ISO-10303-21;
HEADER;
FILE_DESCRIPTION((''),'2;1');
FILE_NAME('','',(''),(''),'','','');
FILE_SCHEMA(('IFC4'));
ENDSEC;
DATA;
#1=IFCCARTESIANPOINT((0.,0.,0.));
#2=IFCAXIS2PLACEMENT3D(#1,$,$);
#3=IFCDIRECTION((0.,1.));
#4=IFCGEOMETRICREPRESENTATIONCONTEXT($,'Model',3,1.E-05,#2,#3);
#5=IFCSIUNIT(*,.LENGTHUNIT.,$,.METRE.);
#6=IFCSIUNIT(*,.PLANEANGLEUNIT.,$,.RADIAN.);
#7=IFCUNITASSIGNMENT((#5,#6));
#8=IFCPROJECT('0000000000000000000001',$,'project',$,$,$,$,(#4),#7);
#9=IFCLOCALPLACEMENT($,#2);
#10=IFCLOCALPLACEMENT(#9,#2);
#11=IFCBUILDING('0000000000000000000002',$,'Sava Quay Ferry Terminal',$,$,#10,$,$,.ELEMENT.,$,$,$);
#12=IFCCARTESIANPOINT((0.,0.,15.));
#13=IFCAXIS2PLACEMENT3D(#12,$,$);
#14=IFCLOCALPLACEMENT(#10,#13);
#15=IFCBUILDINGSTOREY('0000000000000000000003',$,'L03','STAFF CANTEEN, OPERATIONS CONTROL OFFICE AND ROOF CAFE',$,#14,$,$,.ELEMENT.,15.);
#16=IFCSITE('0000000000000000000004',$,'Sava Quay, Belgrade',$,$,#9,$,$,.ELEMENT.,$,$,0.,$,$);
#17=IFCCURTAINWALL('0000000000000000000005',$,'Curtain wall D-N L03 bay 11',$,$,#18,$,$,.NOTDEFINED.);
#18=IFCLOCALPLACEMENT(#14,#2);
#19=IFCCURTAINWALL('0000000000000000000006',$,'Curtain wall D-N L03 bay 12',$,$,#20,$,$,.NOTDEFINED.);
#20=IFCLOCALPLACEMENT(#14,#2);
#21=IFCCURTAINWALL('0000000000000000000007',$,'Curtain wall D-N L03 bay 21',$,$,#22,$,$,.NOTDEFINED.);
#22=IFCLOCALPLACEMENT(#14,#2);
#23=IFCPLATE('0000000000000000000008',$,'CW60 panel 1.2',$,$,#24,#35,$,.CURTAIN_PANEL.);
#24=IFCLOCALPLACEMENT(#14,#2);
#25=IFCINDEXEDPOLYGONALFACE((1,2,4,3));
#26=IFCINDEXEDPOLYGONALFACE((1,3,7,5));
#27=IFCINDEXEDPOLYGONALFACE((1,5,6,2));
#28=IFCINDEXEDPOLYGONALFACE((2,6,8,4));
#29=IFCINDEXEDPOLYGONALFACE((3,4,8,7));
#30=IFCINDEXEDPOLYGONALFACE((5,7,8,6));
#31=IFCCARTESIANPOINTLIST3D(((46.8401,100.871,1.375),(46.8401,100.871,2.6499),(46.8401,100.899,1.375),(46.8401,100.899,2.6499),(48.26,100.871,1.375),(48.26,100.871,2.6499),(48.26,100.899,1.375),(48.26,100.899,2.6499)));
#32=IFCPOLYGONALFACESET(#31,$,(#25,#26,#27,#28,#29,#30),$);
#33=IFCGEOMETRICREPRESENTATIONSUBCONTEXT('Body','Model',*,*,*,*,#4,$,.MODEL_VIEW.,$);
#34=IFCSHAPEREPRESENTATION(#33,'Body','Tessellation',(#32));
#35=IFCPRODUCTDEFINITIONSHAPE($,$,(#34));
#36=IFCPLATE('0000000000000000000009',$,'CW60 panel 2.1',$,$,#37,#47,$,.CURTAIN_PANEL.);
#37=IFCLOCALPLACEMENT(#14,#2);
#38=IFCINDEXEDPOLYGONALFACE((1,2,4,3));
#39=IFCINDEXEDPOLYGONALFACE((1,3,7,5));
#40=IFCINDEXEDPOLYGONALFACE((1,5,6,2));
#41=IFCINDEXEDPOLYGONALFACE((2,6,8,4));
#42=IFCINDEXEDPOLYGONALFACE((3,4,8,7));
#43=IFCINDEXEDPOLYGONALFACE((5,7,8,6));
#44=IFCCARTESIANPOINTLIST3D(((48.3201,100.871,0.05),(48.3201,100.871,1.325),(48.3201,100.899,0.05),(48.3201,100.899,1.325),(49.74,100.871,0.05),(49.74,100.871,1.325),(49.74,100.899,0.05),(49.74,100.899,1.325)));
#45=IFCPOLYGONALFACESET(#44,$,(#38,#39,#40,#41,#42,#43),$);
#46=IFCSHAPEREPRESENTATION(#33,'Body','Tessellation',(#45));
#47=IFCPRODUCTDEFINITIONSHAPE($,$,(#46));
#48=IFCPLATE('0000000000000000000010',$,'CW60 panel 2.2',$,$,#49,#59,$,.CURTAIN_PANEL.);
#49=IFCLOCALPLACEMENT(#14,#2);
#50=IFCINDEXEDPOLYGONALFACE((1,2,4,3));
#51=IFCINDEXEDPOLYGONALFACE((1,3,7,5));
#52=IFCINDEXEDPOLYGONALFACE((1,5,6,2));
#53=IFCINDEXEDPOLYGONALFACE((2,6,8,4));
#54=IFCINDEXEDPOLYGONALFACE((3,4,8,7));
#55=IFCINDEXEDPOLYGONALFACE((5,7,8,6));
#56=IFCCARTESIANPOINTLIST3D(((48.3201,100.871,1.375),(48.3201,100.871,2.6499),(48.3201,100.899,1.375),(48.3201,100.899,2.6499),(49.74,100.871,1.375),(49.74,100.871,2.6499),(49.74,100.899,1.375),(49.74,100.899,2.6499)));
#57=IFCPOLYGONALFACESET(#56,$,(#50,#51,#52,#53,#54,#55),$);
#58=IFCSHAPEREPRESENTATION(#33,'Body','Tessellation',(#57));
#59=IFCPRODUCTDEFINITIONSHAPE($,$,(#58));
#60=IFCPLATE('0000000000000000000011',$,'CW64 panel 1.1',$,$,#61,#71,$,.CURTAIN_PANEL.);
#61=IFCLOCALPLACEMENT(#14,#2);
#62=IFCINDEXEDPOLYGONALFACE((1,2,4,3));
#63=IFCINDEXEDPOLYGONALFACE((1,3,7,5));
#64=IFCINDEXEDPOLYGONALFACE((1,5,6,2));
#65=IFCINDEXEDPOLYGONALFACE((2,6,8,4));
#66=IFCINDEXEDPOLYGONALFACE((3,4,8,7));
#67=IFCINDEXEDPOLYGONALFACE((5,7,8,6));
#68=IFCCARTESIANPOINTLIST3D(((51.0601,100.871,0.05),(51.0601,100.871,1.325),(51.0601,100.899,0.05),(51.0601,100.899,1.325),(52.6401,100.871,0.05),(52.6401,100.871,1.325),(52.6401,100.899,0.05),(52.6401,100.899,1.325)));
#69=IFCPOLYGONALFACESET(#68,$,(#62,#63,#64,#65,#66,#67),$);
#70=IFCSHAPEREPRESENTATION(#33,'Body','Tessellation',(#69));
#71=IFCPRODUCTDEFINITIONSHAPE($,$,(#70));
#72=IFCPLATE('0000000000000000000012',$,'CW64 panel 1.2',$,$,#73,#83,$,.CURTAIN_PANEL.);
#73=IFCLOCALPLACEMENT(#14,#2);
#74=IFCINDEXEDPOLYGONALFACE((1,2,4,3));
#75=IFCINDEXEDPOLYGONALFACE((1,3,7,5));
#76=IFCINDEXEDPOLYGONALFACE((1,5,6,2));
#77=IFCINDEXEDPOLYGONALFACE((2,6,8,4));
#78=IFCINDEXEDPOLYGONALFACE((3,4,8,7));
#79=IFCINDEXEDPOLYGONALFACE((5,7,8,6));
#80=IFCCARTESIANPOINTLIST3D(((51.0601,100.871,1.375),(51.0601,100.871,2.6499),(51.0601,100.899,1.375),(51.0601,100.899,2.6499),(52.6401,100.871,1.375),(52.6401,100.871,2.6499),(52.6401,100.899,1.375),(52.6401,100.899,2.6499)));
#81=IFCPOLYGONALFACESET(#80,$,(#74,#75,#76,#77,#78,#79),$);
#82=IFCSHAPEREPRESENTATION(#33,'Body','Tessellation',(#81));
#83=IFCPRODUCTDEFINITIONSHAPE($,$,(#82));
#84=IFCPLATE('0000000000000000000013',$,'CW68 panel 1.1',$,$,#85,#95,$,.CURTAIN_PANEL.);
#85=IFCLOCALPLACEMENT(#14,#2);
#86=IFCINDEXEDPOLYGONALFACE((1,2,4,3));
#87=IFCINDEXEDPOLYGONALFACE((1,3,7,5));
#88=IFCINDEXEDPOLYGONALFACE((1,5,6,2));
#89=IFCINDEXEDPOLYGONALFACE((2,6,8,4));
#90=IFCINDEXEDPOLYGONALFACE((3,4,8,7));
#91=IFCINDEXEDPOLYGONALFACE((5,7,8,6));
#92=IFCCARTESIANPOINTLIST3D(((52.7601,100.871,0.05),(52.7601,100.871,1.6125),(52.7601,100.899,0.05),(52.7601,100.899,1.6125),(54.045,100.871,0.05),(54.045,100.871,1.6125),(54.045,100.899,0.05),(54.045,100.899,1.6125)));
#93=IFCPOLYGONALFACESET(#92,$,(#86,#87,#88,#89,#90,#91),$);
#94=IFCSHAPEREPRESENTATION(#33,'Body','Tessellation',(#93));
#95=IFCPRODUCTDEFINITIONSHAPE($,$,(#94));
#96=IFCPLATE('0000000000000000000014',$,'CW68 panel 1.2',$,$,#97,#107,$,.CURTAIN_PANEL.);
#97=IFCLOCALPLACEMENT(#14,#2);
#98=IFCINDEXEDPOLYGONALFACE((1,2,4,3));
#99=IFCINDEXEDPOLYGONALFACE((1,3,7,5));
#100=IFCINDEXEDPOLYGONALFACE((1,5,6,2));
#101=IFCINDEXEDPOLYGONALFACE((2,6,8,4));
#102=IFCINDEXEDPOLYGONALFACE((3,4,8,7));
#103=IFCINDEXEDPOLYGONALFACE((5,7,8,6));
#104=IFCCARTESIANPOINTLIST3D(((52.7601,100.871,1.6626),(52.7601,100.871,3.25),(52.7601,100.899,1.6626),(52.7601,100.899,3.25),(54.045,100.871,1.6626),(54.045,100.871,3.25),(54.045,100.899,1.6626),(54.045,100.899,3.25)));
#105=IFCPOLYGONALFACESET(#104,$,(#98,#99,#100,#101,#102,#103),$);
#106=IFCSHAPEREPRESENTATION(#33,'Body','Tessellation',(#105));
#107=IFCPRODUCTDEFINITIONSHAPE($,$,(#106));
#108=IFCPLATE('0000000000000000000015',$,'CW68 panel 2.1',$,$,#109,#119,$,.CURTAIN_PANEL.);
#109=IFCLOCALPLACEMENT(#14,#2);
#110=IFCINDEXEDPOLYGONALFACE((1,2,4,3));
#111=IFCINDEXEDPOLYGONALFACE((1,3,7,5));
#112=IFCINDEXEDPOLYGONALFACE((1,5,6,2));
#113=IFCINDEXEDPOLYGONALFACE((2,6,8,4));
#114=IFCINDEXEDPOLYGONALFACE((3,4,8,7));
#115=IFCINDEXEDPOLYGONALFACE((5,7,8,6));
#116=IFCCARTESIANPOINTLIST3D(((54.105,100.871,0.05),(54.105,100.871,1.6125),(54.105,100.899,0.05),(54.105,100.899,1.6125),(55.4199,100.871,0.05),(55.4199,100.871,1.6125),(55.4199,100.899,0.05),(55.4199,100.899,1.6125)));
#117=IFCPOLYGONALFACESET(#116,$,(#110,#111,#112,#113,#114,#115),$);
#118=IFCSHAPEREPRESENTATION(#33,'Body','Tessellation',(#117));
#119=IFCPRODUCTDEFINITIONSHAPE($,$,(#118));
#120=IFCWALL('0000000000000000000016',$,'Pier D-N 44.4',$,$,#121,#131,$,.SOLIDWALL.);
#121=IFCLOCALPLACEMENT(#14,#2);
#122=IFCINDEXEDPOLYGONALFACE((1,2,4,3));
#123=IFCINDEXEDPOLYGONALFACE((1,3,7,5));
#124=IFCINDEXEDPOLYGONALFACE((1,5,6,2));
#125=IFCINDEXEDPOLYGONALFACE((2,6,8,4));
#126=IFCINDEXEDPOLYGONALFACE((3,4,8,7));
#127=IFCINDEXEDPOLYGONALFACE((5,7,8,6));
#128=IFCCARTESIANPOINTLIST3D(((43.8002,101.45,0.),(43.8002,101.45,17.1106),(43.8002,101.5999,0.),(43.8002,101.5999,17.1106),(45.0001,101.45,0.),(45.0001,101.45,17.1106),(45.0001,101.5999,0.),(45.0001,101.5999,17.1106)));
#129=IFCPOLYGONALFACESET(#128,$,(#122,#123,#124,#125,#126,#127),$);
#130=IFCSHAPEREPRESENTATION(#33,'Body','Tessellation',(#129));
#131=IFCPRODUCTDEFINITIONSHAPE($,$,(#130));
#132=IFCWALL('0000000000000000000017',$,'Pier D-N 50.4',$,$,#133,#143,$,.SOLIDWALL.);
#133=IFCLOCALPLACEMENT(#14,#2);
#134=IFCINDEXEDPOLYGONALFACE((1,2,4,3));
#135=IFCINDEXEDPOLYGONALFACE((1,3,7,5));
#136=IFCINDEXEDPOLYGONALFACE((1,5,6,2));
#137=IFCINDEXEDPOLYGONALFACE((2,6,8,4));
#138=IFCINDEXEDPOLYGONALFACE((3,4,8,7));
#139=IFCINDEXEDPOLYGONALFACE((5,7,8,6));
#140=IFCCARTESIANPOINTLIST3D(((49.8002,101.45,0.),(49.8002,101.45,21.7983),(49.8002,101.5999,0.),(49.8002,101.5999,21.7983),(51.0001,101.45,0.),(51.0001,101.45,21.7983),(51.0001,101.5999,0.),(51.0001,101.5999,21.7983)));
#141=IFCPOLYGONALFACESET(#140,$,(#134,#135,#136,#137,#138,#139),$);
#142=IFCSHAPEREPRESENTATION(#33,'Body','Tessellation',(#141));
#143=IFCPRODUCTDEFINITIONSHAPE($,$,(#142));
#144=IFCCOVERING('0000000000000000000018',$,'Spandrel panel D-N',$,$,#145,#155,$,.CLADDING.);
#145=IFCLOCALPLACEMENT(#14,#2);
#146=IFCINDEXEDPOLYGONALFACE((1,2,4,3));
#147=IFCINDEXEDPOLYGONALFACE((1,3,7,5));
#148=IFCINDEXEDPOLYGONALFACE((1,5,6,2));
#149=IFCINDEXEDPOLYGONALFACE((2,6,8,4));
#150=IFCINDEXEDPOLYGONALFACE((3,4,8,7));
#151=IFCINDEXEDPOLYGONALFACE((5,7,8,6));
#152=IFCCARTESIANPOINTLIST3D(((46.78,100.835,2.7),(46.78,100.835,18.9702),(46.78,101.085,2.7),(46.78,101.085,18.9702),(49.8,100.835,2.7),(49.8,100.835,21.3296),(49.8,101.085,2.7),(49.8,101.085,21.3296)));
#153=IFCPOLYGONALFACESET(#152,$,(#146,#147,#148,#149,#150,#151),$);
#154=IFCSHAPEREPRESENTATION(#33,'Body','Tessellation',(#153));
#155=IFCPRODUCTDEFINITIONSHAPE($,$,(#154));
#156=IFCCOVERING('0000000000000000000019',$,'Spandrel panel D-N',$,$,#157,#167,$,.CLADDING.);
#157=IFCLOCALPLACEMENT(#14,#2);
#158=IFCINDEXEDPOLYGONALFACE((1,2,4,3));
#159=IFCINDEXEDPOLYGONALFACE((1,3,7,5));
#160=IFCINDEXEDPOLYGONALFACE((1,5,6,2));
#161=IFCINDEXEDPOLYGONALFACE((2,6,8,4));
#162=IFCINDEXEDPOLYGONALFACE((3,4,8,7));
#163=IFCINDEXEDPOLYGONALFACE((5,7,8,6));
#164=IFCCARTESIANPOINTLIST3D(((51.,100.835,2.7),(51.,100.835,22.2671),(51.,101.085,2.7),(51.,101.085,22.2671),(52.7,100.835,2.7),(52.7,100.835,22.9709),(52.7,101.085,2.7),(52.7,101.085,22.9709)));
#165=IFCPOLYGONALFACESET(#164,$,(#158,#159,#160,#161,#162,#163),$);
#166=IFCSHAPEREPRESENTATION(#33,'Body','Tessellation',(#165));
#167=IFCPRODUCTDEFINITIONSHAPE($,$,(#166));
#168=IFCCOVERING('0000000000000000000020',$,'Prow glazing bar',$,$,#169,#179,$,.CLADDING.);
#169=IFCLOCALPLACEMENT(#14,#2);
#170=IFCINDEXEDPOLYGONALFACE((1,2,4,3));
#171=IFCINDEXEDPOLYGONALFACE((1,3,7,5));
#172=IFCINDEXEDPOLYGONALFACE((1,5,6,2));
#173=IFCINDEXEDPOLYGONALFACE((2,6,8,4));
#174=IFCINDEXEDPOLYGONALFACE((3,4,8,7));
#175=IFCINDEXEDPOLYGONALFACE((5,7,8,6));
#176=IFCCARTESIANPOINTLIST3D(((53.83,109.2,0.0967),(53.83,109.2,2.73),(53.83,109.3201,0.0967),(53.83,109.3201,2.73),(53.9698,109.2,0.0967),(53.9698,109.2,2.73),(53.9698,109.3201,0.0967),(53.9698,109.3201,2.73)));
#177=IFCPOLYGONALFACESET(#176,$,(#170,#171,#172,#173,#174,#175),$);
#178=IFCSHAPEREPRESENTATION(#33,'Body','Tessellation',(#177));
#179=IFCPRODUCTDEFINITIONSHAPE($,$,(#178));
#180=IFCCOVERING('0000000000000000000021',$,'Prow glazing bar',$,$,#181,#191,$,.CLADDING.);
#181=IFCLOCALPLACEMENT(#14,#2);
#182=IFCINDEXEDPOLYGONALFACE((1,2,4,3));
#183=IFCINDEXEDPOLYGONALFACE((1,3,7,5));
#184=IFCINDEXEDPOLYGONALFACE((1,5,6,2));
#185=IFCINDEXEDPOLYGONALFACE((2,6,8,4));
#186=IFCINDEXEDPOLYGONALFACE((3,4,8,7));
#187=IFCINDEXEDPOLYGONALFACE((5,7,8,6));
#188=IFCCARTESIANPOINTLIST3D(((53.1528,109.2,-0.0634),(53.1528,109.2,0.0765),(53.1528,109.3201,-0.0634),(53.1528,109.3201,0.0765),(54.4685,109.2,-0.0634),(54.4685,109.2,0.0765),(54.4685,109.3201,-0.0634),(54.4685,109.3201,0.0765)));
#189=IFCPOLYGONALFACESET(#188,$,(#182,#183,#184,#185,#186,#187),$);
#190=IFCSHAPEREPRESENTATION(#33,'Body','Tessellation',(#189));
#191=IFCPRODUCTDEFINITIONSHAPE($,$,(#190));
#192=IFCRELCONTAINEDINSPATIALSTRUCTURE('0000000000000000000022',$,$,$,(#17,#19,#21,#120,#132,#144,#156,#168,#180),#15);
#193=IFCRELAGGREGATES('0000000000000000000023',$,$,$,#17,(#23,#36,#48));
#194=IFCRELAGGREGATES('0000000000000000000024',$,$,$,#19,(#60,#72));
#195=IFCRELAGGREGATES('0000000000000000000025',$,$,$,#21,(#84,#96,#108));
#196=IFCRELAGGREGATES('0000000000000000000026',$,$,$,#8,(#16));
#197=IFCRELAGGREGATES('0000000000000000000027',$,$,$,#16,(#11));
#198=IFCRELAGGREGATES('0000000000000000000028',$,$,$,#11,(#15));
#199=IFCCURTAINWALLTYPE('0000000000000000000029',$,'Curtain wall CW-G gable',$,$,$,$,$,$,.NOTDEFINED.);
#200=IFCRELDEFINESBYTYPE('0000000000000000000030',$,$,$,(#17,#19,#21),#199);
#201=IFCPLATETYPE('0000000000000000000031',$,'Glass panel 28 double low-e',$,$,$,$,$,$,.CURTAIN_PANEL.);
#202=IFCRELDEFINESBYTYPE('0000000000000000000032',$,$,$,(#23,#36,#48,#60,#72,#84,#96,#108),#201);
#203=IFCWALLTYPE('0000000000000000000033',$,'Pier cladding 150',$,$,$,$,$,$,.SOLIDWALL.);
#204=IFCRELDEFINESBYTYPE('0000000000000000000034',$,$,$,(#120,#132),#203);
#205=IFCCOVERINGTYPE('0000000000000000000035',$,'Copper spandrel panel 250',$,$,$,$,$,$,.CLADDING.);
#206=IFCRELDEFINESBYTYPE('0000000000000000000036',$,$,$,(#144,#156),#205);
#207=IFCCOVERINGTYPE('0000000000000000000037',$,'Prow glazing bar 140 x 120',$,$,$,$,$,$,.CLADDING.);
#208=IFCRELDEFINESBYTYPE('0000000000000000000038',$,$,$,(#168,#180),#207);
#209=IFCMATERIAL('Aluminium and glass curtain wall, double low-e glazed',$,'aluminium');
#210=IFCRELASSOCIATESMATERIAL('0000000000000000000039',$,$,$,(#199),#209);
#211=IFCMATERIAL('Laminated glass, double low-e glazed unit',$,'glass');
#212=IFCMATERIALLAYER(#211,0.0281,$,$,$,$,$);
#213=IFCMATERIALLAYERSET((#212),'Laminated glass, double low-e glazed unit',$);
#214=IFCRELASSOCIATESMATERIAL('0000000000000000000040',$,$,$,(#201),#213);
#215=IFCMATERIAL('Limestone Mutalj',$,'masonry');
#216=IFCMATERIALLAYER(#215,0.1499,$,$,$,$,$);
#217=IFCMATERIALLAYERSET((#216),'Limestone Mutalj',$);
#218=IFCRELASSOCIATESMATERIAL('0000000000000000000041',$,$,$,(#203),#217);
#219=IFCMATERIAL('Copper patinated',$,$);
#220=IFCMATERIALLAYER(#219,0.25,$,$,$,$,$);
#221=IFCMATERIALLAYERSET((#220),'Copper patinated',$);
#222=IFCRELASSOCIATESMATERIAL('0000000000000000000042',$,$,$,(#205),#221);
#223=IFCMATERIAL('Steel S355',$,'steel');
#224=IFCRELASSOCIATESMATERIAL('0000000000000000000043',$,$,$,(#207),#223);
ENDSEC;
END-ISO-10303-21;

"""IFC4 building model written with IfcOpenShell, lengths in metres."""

from ifc_helpers import new_model, si_unit, direction, frame, frame_2d, origin, origin_2d, place, context, subcontext, project, spatial, polyline, rectangle, outline, extrude, material, layer, layer_set, material_profile, profile_set, type_object, element, aggregate, save


model = new_model("IFC4")

# Units and contexts
model_context = context("Model", 3, precision=1e-05, world=origin(), true_north=direction((0.0, 1.0)))
body_context = subcontext(model_context, "Body", "Model", "MODEL_VIEW")
ifc_project = project(units=[si_unit("LENGTHUNIT", "METRE"), si_unit("PLANEANGLEUNIT", "RADIAN")], contexts=[model_context])

# Site, building, storey
site_placement = place(None, origin())
site = spatial("IfcSite", under=ifc_project, at=site_placement, Name="Sava Quay, Belgrade", CompositionType="ELEMENT", RefElevation=0.0)
building_placement = place(site_placement, origin())
building = spatial("IfcBuilding", under=site, at=building_placement, Name="Sava Quay Ferry Terminal", CompositionType="ELEMENT")
storey_placement = place(building_placement, frame((0.0, 0.0, 15.0)))
storey = spatial("IfcBuildingStorey", under=building, at=storey_placement, Name="L03", Description="STAFF CANTEEN, OPERATIONS CONTROL OFFICE AND ROOF CAFE", CompositionType="ELEMENT", Elevation=15.0)

# Curtain walls
ifc_material_1 = material(Name="Aluminium and glass curtain wall, double low-e glazed", Category="aluminium")
curtain_wall_type = type_object("IfcCurtainWallType", Name="Curtain wall CW-G gable", PredefinedType="NOTDEFINED", material=ifc_material_1)
curtain_wall_1_placement = place(storey_placement, origin())
curtain_wall_1 = element("IfcCurtainWall", 1, at=curtain_wall_1_placement, inside=storey, type_object=curtain_wall_type, Name="Curtain wall D-N L03 bay 11", PredefinedType="NOTDEFINED")
curtain_wall_2_placement = place(storey_placement, origin())
curtain_wall_2 = element("IfcCurtainWall", 2, at=curtain_wall_2_placement, inside=storey, type_object=curtain_wall_type, Name="Curtain wall D-N L03 bay 12", PredefinedType="NOTDEFINED")
curtain_wall_3_placement = place(storey_placement, origin())
curtain_wall_3 = element("IfcCurtainWall", 3, at=curtain_wall_3_placement, inside=storey, type_object=curtain_wall_type, Name="Curtain wall D-N L03 bay 21", PredefinedType="NOTDEFINED")

# Plates
ifc_material_2 = material(Name="Laminated glass, double low-e glazed unit", Category="glass")
ifc_layer_1 = layer(ifc_material_2, 0.0281)
ifc_layer_set_1 = layer_set([ifc_layer_1], Name="Laminated glass, double low-e glazed unit")
plate_type = type_object("IfcPlateType", Name="Glass panel 28 double low-e", PredefinedType="CURTAIN_PANEL", material=ifc_layer_set_1)
plate_1_placement = place(storey_placement, frame((47.55, 100.885, 1.375), z_axis=(0.0, 0.0, 1.0), x_axis=(1.0, 0.0, 0.0)))
plate_1 = element("IfcPlate", 4, at=plate_1_placement, type_object=plate_type, Name="CW60 panel 1.2", PredefinedType="CURTAIN_PANEL", context=body_context, shape_type="SweptSolid", body=[
    extrude(rectangle(XDim=1.4199, YDim=0.0281, at=origin_2d()), origin(), (0.0, 0.0, 1.0), 1.2749),
])
plate_2_placement = place(storey_placement, frame((49.03, 100.885, 0.05), z_axis=(0.0, 0.0, 1.0), x_axis=(1.0, 0.0, 0.0)))
plate_2 = element("IfcPlate", 5, at=plate_2_placement, type_object=plate_type, Name="CW60 panel 2.1", PredefinedType="CURTAIN_PANEL", context=body_context, shape_type="SweptSolid", body=[
    extrude(rectangle(XDim=1.4199, YDim=0.0281, at=origin_2d()), origin(), (0.0, 0.0, 1.0), 1.2749),
])
plate_3_placement = place(storey_placement, frame((49.03, 100.885, 1.375), z_axis=(0.0, 0.0, 1.0), x_axis=(1.0, 0.0, 0.0)))
plate_3 = element("IfcPlate", 6, at=plate_3_placement, type_object=plate_type, Name="CW60 panel 2.2", PredefinedType="CURTAIN_PANEL", context=body_context, shape_type="SweptSolid", body=[
    extrude(rectangle(XDim=1.4199, YDim=0.0281, at=origin_2d()), origin(), (0.0, 0.0, 1.0), 1.2749),
])
aggregate(curtain_wall_1, [plate_1, plate_2, plate_3])
plate_4_placement = place(storey_placement, frame((51.8501, 100.885, 0.05), z_axis=(0.0, 0.0, 1.0), x_axis=(1.0, 0.0, 0.0)))
plate_4 = element("IfcPlate", 7, at=plate_4_placement, type_object=plate_type, Name="CW64 panel 1.1", PredefinedType="CURTAIN_PANEL", context=body_context, shape_type="SweptSolid", body=[
    extrude(rectangle(XDim=1.5801, YDim=0.0281, at=origin_2d()), origin(), (0.0, 0.0, 1.0), 1.2749),
])
plate_5_placement = place(storey_placement, frame((51.8501, 100.885, 1.375), z_axis=(0.0, 0.0, 1.0), x_axis=(1.0, 0.0, 0.0)))
plate_5 = element("IfcPlate", 8, at=plate_5_placement, type_object=plate_type, Name="CW64 panel 1.2", PredefinedType="CURTAIN_PANEL", context=body_context, shape_type="SweptSolid", body=[
    extrude(rectangle(XDim=1.5801, YDim=0.0281, at=origin_2d()), origin(), (0.0, 0.0, 1.0), 1.2749),
])
aggregate(curtain_wall_2, [plate_4, plate_5])
plate_6_placement = place(storey_placement, frame((53.4026, 100.885, 0.05), z_axis=(0.0, 0.0, 1.0), x_axis=(1.0, 0.0, 0.0)))
plate_6 = element("IfcPlate", 9, at=plate_6_placement, type_object=plate_type, Name="CW68 panel 1.1", PredefinedType="CURTAIN_PANEL", context=body_context, shape_type="SweptSolid", body=[
    extrude(rectangle(XDim=1.2849, YDim=0.0281, at=origin_2d()), origin(), (0.0, 0.0, 1.0), 1.5625),
])
plate_7_placement = place(storey_placement, frame((53.4026, 100.885, 1.6626), z_axis=(0.0, 0.0, 1.0), x_axis=(1.0, 0.0, 0.0)))
plate_7 = element("IfcPlate", 10, at=plate_7_placement, type_object=plate_type, Name="CW68 panel 1.2", PredefinedType="CURTAIN_PANEL", context=body_context, shape_type="SweptSolid", body=[
    extrude(rectangle(XDim=1.2849, YDim=0.0281, at=origin_2d()), origin(), (0.0, 0.0, 1.0), 1.5874),
])
plate_8_placement = place(storey_placement, frame((54.7625, 100.885, 0.05), z_axis=(0.0, 0.0, 1.0), x_axis=(1.0, 0.0, 0.0)))
plate_8 = element("IfcPlate", 11, at=plate_8_placement, type_object=plate_type, Name="CW68 panel 2.1", PredefinedType="CURTAIN_PANEL", context=body_context, shape_type="SweptSolid", body=[
    extrude(rectangle(XDim=1.3149, YDim=0.0281, at=origin_2d()), origin(), (0.0, 0.0, 1.0), 1.5625),
])
aggregate(curtain_wall_3, [plate_6, plate_7, plate_8])

# Walls
ifc_material_3 = material(Name="Limestone Mutalj", Category="masonry")
ifc_layer_2 = layer(ifc_material_3, 0.1499)
ifc_layer_set_2 = layer_set([ifc_layer_2], Name="Limestone Mutalj")
wall_type = type_object("IfcWallType", Name="Pier cladding 150", PredefinedType="SOLIDWALL", material=ifc_layer_set_2)
wall_1_placement = place(storey_placement, frame((43.8, 101.5249, 0.0), z_axis=(0.0, 0.0, 1.0), x_axis=(1.0, 0.0, 0.0)))
element("IfcWall", 12, at=wall_1_placement, inside=storey, type_object=wall_type, Name="Pier D-N 44.4", PredefinedType="SOLIDWALL", context=body_context, shape_type="SweptSolid", body=[
    extrude(rectangle(XDim=1.2, YDim=0.1499, at=frame_2d((0.6001, 0.0))), origin(), (0.0, 0.0, 1.0), 17.1106),
])
wall_2_placement = place(storey_placement, frame((49.8, 101.5249, 0.0), z_axis=(0.0, 0.0, 1.0), x_axis=(1.0, 0.0, 0.0)))
element("IfcWall", 13, at=wall_2_placement, inside=storey, type_object=wall_type, Name="Pier D-N 50.4", PredefinedType="SOLIDWALL", context=body_context, shape_type="SweptSolid", body=[
    extrude(rectangle(XDim=1.2, YDim=0.1499, at=frame_2d((0.6001, 0.0))), origin(), (0.0, 0.0, 1.0), 21.7983),
])

# Coverings
ifc_material_4 = material(Name="Copper patinated")
ifc_layer_3 = layer(ifc_material_4, 0.25)
ifc_layer_set_3 = layer_set([ifc_layer_3], Name="Copper patinated")
covering_type_1 = type_object("IfcCoveringType", Name="Copper spandrel panel 250", PredefinedType="CLADDING", material=ifc_layer_set_3)
covering_1_placement = place(storey_placement, frame((46.78, 100.96, 2.7), z_axis=(0.0, 0.0, 1.0), x_axis=(1.0, 0.0, 0.0)))
element("IfcCovering", 14, at=covering_1_placement, inside=storey, type_object=covering_type_1, Name="Spandrel panel D-N", PredefinedType="CLADDING", context=body_context, shape_type="SweptSolid", body=[
    extrude(outline(polyline([(0.0, 0.0), (3.02, 0.0), (3.02, 18.6296), (0.0, 16.2703), (0.0, 0.0)])), frame((0.0, 0.125, 0.0), z_axis=(0.0, -1.0, 0.0), x_axis=(1.0, 0.0, 0.0)), (0.0, 0.0, 1.0), 0.25),
])
covering_2_placement = place(storey_placement, frame((51.0, 100.96, 2.7), z_axis=(0.0, 0.0, 1.0), x_axis=(1.0, 0.0, 0.0)))
element("IfcCovering", 15, at=covering_2_placement, inside=storey, type_object=covering_type_1, Name="Spandrel panel D-N", PredefinedType="CLADDING", context=body_context, shape_type="SweptSolid", body=[
    extrude(outline(polyline([(0.0, 0.0), (1.7, 0.0), (1.7, 20.271), (0.0, 19.5671), (0.0, 0.0)])), frame((0.0, 0.125, 0.0), z_axis=(0.0, -1.0, 0.0), x_axis=(1.0, 0.0, 0.0)), (0.0, 0.0, 1.0), 0.25),
])
ifc_material_5 = material(Name="Steel S355", Category="steel")
ifc_material_profile_1 = material_profile(ifc_material_5, rectangle(XDim=0.1399, YDim=0.1201, at=origin_2d()), Name="Strip 140 x 120")
ifc_profile_set_1 = profile_set([ifc_material_profile_1], Name="Steel S355")
covering_type_2 = type_object("IfcCoveringType", Name="Prow glazing bar 140 x 120", PredefinedType="CLADDING", material=ifc_profile_set_1)
covering_3_placement = place(storey_placement, frame((53.8999, 109.26, 0.0967), z_axis=(0.0, 0.0, 1.0), x_axis=(1.0, 0.0, 0.0)))
element("IfcCovering", 16, at=covering_3_placement, inside=storey, type_object=covering_type_2, Name="Prow glazing bar", PredefinedType="CLADDING", context=body_context, shape_type="SweptSolid", body=[
    extrude(rectangle(XDim=0.1399, YDim=0.1201, at=origin_2d()), origin(), (0.0, 0.0, 1.0), 2.6333),
])
covering_4_placement = place(storey_placement, frame((54.4685, 109.26, 0.0066), z_axis=(-1.0, 0.0, 0.0), x_axis=(0.0, 0.0, 1.0)))
element("IfcCovering", 17, at=covering_4_placement, inside=storey, type_object=covering_type_2, Name="Prow glazing bar", PredefinedType="CLADDING", context=body_context, shape_type="SweptSolid", body=[
    extrude(rectangle(XDim=0.1399, YDim=0.1201, at=origin_2d()), origin(), (0.0, 0.0, 1.0), 1.3157),
])

save(model, "model.ifc")
